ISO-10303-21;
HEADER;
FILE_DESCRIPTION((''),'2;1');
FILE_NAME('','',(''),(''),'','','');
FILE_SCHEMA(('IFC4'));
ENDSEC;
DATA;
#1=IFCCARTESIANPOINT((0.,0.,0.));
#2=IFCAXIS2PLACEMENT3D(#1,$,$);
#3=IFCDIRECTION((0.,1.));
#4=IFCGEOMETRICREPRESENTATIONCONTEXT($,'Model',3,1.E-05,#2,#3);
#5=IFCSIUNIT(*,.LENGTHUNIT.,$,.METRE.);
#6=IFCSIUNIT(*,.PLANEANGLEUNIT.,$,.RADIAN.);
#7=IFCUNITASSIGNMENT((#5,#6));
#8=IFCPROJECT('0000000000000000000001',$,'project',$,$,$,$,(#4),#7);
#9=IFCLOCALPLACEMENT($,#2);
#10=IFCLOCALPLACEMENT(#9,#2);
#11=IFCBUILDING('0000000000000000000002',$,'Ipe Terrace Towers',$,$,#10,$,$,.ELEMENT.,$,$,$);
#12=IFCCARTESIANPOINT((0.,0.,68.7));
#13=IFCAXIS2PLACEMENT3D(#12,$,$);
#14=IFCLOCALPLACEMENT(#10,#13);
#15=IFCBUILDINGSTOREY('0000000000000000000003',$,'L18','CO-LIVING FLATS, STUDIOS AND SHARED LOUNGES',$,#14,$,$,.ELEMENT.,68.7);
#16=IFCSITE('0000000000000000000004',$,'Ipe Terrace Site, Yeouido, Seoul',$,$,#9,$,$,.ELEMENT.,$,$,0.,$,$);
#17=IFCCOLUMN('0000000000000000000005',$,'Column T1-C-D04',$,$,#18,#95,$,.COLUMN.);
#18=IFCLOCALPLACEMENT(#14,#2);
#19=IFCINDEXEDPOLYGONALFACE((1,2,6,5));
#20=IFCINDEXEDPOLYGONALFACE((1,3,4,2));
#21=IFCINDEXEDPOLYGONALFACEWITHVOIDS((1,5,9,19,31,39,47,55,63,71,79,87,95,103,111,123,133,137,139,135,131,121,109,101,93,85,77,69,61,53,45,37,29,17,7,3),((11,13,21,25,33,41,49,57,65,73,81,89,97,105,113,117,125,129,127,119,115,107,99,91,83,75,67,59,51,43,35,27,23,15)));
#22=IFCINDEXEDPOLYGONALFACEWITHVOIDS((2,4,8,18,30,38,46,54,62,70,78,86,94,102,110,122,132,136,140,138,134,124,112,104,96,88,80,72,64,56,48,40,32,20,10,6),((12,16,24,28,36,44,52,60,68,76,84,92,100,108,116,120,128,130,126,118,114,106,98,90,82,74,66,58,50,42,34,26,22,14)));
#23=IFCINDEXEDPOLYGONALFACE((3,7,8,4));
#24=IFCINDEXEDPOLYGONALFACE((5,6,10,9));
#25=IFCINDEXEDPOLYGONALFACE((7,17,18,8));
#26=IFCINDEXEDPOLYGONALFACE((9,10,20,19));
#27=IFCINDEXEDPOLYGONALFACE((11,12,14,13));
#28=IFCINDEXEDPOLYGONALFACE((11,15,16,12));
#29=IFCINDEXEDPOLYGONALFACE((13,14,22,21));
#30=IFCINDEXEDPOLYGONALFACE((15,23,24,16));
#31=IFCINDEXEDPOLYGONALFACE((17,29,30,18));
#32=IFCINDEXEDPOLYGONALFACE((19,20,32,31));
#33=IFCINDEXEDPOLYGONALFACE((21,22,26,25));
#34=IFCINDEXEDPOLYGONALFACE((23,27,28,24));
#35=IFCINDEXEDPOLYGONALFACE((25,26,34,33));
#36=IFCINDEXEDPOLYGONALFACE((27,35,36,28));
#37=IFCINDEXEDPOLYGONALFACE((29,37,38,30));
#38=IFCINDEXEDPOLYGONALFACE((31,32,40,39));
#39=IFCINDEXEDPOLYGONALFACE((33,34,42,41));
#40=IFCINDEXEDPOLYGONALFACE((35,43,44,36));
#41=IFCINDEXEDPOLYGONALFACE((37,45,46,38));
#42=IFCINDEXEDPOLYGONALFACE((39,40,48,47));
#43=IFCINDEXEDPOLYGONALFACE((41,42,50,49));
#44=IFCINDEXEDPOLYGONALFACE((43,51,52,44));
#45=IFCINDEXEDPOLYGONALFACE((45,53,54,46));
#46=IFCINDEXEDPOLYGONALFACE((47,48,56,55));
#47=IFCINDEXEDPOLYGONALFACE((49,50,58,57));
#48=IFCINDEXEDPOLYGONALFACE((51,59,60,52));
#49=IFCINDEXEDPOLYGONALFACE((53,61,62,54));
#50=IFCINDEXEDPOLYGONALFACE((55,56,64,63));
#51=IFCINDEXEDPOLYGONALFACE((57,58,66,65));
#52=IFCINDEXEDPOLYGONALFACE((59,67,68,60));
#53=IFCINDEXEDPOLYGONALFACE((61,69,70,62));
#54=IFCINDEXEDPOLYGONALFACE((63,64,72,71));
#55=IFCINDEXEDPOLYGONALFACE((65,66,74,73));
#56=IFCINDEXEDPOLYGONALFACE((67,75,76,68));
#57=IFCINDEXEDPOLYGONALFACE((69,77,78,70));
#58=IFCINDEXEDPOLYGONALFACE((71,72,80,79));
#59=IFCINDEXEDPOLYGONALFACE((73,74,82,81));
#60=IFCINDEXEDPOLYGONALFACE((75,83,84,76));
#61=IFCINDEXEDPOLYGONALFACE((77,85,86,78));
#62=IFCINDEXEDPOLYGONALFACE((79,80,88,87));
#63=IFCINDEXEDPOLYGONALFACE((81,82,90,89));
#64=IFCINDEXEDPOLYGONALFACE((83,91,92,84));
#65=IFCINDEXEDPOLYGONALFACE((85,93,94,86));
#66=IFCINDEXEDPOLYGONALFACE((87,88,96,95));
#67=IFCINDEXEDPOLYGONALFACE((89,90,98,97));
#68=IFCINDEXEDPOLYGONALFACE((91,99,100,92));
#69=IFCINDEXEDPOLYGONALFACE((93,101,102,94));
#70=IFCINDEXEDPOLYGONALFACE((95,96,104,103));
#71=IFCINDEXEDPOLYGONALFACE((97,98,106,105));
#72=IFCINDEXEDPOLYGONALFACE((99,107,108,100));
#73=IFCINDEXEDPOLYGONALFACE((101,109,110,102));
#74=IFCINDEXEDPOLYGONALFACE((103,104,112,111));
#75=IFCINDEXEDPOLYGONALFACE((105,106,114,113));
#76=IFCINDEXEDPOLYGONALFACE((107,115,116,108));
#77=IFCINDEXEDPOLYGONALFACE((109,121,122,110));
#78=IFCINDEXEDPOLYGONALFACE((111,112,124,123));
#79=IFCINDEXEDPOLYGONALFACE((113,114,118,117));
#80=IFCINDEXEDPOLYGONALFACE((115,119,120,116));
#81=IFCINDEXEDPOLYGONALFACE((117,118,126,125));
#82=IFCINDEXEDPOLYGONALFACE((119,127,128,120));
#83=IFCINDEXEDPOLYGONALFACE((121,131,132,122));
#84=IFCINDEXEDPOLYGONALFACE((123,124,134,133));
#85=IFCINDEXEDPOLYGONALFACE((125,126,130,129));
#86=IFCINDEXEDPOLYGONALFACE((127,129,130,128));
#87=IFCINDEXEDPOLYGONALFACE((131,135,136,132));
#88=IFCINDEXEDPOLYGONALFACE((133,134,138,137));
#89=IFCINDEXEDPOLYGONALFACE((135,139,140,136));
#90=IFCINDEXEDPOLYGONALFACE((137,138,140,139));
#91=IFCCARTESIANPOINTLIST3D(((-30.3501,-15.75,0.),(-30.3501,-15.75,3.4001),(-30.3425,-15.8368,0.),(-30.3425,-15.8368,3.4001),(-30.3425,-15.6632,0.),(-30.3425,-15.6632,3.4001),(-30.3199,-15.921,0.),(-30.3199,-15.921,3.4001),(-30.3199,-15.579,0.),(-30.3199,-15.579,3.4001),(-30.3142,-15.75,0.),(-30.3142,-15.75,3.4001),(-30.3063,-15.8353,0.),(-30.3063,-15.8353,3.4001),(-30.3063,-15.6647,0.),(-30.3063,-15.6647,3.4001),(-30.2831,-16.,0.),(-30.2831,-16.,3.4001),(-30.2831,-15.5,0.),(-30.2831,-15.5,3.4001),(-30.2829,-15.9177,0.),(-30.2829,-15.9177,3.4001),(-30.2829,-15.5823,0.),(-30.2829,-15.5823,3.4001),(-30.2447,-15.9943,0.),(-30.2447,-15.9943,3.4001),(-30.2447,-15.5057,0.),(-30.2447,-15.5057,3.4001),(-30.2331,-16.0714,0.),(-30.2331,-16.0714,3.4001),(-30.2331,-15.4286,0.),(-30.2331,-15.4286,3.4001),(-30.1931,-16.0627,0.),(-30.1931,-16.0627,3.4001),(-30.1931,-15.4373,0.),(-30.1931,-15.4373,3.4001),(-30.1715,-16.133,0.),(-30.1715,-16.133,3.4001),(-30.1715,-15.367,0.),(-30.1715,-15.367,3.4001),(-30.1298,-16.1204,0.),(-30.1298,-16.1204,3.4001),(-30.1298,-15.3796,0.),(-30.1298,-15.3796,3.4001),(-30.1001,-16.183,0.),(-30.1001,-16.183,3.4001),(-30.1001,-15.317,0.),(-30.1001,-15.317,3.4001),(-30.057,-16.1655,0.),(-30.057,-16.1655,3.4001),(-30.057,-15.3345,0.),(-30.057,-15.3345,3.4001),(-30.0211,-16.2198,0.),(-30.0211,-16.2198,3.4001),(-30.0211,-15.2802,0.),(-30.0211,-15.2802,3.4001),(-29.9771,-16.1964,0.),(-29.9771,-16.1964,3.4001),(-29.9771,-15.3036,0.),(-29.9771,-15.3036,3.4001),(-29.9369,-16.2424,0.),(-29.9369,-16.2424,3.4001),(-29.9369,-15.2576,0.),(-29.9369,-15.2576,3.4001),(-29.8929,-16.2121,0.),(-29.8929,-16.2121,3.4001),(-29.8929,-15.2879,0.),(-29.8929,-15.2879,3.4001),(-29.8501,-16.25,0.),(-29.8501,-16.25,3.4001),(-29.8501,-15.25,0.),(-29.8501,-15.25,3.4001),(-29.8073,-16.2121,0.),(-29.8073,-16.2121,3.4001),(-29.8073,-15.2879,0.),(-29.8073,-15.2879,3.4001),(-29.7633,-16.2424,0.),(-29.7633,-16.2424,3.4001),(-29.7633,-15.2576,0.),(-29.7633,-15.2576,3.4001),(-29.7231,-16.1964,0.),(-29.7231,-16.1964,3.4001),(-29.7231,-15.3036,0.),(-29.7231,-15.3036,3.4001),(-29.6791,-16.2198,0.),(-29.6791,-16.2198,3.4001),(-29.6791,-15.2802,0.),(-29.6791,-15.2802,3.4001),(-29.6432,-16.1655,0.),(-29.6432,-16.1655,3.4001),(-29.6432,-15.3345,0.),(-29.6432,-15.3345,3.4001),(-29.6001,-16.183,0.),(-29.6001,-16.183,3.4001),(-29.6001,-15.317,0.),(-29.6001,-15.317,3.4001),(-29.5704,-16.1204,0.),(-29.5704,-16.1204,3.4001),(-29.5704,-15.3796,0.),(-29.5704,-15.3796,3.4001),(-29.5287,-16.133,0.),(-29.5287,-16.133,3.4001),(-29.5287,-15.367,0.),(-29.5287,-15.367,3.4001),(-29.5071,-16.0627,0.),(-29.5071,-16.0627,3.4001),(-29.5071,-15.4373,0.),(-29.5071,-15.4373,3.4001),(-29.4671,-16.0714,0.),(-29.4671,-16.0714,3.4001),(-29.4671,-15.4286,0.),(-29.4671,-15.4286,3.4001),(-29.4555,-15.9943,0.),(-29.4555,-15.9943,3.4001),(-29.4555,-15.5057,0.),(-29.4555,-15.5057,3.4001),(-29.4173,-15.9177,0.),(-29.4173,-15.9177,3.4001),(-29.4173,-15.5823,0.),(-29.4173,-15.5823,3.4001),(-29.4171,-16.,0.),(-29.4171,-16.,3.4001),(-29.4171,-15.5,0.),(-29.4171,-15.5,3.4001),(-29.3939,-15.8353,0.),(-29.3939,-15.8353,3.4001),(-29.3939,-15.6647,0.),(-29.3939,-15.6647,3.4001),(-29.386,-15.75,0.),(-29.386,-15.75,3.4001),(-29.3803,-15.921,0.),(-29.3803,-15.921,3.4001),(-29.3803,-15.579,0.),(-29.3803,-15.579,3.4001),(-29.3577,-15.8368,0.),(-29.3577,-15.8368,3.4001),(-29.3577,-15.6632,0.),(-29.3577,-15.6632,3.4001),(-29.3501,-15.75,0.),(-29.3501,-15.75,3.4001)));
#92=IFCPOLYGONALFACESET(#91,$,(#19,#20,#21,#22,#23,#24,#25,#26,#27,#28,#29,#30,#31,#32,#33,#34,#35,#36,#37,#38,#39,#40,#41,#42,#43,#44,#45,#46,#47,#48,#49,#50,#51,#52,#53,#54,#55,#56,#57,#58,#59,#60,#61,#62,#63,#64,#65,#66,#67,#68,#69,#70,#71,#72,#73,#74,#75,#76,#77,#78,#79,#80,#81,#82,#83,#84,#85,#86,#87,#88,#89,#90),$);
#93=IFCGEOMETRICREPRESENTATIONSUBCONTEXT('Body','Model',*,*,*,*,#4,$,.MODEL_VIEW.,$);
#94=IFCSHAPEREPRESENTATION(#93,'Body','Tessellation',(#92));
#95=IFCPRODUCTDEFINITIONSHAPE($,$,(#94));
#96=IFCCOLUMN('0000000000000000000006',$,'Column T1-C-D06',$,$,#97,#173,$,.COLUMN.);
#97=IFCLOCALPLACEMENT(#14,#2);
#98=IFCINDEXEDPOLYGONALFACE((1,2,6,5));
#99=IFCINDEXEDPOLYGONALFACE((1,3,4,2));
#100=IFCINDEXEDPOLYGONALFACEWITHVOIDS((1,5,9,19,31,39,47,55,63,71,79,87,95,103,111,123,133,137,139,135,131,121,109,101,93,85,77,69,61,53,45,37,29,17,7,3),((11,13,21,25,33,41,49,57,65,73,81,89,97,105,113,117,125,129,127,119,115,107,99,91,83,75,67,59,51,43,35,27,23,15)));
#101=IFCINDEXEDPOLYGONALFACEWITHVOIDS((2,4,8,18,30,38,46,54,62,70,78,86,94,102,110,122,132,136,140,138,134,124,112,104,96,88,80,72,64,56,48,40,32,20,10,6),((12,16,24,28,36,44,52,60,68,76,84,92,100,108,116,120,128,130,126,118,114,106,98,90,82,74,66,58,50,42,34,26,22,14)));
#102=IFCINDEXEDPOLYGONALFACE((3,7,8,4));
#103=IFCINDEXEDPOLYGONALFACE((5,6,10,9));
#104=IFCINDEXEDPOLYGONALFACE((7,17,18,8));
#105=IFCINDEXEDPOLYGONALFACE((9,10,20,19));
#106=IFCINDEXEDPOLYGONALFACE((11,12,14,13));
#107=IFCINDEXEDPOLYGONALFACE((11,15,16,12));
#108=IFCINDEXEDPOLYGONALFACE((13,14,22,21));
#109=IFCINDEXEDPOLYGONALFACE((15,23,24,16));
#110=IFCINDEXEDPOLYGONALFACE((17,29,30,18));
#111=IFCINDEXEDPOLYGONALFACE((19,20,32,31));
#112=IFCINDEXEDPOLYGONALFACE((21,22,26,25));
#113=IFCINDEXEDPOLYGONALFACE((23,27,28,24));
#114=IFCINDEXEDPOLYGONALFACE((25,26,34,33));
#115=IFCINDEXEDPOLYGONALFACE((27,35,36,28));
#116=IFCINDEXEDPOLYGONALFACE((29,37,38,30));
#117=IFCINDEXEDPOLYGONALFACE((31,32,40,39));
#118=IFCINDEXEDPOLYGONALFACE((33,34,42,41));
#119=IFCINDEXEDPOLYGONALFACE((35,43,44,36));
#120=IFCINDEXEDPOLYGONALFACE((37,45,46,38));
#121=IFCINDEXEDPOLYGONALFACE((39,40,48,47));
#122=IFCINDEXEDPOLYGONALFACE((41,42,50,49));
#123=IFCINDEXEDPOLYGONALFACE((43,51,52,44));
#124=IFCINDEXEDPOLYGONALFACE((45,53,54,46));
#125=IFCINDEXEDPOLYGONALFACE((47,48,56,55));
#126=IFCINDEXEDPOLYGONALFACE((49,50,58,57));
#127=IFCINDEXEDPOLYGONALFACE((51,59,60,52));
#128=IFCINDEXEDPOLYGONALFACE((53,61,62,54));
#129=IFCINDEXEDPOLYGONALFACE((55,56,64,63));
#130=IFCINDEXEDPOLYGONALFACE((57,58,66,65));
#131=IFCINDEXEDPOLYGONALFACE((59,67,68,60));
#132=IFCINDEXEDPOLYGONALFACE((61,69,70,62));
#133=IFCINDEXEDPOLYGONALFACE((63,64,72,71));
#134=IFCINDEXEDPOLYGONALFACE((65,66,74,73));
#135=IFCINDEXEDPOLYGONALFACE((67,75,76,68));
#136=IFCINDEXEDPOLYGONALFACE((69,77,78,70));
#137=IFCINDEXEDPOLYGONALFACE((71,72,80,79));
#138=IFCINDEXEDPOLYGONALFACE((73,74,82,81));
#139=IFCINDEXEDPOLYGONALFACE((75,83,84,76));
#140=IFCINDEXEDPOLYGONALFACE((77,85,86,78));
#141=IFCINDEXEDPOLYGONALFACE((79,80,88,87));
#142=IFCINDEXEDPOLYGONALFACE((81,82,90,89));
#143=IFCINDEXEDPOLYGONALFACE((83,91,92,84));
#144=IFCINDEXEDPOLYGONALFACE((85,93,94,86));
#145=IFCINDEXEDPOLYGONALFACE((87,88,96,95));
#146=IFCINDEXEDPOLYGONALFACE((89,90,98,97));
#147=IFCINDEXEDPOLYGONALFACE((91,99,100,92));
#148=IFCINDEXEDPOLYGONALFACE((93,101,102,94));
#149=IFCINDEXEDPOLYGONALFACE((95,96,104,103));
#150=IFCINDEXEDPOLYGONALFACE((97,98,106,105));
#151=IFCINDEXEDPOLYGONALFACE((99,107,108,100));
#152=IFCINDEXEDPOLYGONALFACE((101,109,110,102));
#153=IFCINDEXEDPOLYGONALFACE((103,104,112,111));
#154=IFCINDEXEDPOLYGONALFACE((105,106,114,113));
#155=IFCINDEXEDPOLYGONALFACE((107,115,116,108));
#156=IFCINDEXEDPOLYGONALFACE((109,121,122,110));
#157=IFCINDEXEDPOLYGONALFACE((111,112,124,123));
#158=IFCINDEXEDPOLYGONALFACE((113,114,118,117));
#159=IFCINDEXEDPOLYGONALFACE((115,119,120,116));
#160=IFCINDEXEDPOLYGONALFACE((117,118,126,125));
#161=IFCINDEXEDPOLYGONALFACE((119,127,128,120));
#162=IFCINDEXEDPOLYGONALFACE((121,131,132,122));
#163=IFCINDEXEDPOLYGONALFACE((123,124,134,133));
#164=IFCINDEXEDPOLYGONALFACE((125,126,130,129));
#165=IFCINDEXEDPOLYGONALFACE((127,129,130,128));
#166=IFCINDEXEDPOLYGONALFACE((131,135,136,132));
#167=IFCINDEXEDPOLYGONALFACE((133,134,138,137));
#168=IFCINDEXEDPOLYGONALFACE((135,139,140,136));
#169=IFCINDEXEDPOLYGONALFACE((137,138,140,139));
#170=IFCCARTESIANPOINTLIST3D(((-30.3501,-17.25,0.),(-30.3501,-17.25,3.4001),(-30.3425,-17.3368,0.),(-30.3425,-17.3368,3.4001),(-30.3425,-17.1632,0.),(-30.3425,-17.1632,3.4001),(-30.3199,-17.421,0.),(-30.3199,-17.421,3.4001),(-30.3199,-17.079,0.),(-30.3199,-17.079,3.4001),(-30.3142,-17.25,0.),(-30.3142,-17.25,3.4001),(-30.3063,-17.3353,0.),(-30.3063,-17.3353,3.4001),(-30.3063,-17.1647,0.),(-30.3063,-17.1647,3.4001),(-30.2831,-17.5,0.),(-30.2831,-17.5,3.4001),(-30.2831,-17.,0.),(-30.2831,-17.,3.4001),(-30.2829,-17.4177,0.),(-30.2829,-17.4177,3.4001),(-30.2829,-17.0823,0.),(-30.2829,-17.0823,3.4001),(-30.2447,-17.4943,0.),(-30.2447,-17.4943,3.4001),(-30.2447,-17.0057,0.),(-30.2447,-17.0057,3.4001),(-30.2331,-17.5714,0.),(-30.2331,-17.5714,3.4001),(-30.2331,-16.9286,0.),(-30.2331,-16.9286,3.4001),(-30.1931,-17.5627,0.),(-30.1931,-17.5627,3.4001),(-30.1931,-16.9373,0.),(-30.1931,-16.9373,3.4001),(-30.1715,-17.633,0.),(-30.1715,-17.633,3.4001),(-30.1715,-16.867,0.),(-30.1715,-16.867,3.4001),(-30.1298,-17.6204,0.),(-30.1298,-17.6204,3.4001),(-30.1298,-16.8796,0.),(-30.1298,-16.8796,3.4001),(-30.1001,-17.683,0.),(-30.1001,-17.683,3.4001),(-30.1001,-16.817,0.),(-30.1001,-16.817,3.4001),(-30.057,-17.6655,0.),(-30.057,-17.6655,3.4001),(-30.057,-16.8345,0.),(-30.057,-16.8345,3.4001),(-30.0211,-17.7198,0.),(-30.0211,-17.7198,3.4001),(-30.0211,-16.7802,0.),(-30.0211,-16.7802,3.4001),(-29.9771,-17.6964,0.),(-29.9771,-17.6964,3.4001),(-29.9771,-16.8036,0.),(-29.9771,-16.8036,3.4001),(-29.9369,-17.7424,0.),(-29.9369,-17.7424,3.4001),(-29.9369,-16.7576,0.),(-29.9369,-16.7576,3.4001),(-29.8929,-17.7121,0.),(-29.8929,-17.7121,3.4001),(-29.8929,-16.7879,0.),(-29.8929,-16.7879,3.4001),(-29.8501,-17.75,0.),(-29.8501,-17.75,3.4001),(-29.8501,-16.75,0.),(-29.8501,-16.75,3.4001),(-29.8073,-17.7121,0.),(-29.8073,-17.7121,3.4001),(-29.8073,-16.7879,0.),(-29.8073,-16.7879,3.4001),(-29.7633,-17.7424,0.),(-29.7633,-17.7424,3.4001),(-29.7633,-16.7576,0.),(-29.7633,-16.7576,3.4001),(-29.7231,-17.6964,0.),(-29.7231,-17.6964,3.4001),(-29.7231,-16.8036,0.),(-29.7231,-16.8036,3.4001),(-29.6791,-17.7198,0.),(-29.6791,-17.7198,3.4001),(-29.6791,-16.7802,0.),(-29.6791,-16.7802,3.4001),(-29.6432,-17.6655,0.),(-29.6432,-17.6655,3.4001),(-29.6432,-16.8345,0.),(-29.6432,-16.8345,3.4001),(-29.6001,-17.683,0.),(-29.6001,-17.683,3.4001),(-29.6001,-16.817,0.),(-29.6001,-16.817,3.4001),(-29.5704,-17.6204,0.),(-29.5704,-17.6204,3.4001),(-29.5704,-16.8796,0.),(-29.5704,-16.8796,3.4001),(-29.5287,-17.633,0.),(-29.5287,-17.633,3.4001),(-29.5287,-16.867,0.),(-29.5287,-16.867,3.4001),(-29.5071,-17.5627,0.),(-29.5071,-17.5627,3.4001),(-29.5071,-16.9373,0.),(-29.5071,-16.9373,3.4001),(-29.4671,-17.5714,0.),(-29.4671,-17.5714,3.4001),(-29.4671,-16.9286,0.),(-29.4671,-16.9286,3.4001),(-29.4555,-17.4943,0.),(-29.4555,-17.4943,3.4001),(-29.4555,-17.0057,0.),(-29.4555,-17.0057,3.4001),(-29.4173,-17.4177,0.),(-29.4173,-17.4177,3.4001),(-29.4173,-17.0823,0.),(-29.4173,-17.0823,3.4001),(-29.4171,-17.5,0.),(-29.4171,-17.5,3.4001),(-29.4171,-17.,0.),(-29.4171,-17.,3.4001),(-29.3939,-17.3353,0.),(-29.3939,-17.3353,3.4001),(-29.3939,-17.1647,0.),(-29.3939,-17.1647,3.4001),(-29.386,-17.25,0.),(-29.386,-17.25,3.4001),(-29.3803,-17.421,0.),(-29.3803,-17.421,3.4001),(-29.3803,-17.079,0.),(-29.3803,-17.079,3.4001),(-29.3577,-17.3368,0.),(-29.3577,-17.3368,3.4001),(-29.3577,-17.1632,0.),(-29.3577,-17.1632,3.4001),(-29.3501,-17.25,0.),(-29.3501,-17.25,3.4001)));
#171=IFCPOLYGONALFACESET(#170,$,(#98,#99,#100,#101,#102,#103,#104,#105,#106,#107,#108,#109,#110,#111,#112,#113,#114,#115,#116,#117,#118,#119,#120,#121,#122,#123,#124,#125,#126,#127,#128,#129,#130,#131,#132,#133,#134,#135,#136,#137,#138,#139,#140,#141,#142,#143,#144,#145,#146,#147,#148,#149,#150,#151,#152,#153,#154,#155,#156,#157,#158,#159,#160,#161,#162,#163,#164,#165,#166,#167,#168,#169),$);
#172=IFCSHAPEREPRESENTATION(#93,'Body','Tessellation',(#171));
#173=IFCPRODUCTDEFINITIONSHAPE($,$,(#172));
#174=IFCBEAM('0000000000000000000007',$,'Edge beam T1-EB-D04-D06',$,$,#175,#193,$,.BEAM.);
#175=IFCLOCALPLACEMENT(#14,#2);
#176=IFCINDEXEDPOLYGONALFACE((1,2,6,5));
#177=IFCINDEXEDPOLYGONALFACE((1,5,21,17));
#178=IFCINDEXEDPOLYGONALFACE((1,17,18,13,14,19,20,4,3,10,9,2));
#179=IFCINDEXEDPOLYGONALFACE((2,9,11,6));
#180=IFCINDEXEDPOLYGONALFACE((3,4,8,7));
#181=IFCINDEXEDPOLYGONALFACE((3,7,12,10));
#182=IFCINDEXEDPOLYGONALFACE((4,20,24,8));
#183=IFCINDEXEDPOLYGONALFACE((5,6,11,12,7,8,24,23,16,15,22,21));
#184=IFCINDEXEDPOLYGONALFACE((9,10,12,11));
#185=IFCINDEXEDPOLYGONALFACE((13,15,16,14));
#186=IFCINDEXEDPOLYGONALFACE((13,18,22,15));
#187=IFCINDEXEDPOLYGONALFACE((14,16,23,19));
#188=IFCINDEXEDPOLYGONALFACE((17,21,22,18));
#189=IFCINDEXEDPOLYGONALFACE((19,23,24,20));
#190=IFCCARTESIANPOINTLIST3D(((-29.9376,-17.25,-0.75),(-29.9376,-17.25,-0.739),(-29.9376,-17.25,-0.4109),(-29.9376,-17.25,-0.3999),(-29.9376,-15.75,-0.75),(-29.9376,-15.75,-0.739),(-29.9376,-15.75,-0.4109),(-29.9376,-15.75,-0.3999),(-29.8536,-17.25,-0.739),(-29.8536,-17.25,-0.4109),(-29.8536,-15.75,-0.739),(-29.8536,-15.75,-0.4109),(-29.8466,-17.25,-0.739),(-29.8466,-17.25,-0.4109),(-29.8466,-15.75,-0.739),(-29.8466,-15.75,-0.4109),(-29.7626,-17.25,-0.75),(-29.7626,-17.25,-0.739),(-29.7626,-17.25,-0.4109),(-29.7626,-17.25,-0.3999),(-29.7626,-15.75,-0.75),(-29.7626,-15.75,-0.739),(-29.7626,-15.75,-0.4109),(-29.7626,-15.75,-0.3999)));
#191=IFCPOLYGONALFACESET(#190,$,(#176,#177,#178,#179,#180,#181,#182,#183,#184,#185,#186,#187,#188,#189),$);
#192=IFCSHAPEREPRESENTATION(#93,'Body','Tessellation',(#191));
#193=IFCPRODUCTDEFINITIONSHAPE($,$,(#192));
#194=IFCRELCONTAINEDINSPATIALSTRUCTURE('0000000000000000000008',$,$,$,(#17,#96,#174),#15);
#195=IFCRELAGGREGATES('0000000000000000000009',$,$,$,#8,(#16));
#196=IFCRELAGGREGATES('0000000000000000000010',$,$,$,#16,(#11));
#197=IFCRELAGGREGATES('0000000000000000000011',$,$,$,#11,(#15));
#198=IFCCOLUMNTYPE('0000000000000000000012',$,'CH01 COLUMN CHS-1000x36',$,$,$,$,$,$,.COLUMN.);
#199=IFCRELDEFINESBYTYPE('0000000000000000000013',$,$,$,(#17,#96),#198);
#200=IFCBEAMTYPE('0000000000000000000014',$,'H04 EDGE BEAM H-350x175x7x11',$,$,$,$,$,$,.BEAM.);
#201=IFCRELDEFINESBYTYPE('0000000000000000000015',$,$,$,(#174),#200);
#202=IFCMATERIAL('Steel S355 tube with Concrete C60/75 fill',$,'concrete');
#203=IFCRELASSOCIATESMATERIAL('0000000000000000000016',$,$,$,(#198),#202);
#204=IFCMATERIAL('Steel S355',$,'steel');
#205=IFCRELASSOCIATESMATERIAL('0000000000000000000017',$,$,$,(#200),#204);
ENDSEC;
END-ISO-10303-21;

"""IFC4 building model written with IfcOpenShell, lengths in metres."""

from ifc_helpers import new_model, si_unit, direction, frame, origin, origin_2d, place, context, subcontext, project, spatial, hollow_circle, i_section, extrude, material, material_profile, profile_set, type_object, element, save


model = new_model("IFC4")

# Units and contexts
model_context = context("Model", 3, precision=1e-05, world=origin(), true_north=direction((0.0, 1.0)))
body_context = subcontext(model_context, "Body", "Model", "MODEL_VIEW")
ifc_project = project(units=[si_unit("LENGTHUNIT", "METRE"), si_unit("PLANEANGLEUNIT", "RADIAN")], contexts=[model_context])

# Site, building, storey
site_placement = place(None, origin())
site = spatial("IfcSite", under=ifc_project, at=site_placement, Name="Ipe Terrace Site, Yeouido, Seoul", CompositionType="ELEMENT", RefElevation=0.0)
building_placement = place(site_placement, origin())
building = spatial("IfcBuilding", under=site, at=building_placement, Name="Ipe Terrace Towers", CompositionType="ELEMENT")
storey_placement = place(building_placement, frame((0.0, 0.0, 68.7)))
storey = spatial("IfcBuildingStorey", under=building, at=storey_placement, Name="L18", Description="CO-LIVING FLATS, STUDIOS AND SHARED LOUNGES", CompositionType="ELEMENT", Elevation=68.7)

# Columns
ifc_material_1 = material(Name="Steel S355 tube with Concrete C60/75 fill", Category="concrete")
ifc_material_profile_1 = material_profile(ifc_material_1, hollow_circle(Radius=0.5, WallThickness=0.0359, at=origin_2d()), Name="CHS-1000x36")
ifc_profile_set_1 = profile_set([ifc_material_profile_1], Name="Steel S355 tube with Concrete C60/75 fill")
column_type = type_object("IfcColumnType", Name="CH01 COLUMN CHS-1000x36", PredefinedType="COLUMN", material=ifc_profile_set_1)
for number, where, z_axis, x_axis, name in (
    (1, (-29.8501, -15.75, 0.0), (0.0, 0.0, 1.0), (1.0, 0.0, 0.0), "Column T1-C-D04"),
    (2, (-29.8501, -17.25, 0.0), (0.0, 0.0, 1.0), (1.0, 0.0, 0.0), "Column T1-C-D06"),
):
    element("IfcColumn", number, at=place(storey_placement, frame(where, z_axis=z_axis, x_axis=x_axis)), inside=storey, type_object=column_type, Name=name, PredefinedType="COLUMN", context=body_context, shape_type="SweptSolid", body=[
        extrude(hollow_circle(Radius=0.5, WallThickness=0.0359, at=origin_2d()), origin(), (0.0, 0.0, 1.0), 3.4001),
    ])

# Beam
ifc_material_2 = material(Name="Steel S355", Category="steel")
ifc_material_profile_2 = material_profile(ifc_material_2, i_section(OverallWidth=0.175, OverallDepth=0.3501, WebThickness=0.0071, FlangeThickness=0.011, at=origin_2d()), Name="H-350x175x7x11")
ifc_profile_set_2 = profile_set([ifc_material_profile_2], Name="Steel S355")
beam_type = type_object("IfcBeamType", Name="H04 EDGE BEAM H-350x175x7x11", PredefinedType="BEAM", material=ifc_profile_set_2)
beam_placement = place(storey_placement, frame((-29.8501, -15.75, -0.575), z_axis=(0.0, -1.0, 0.0), x_axis=(1.0, 0.0, 0.0)))
element("IfcBeam", 3, at=beam_placement, inside=storey, type_object=beam_type, Name="Edge beam T1-EB-D04-D06", PredefinedType="BEAM", context=body_context, shape_type="SweptSolid", body=[
    extrude(i_section(OverallWidth=0.175, OverallDepth=0.3501, WebThickness=0.0071, FlangeThickness=0.011, at=origin_2d()), origin(), (0.0, 0.0, 1.0), 1.5),
])

save(model, "model.ifc")
